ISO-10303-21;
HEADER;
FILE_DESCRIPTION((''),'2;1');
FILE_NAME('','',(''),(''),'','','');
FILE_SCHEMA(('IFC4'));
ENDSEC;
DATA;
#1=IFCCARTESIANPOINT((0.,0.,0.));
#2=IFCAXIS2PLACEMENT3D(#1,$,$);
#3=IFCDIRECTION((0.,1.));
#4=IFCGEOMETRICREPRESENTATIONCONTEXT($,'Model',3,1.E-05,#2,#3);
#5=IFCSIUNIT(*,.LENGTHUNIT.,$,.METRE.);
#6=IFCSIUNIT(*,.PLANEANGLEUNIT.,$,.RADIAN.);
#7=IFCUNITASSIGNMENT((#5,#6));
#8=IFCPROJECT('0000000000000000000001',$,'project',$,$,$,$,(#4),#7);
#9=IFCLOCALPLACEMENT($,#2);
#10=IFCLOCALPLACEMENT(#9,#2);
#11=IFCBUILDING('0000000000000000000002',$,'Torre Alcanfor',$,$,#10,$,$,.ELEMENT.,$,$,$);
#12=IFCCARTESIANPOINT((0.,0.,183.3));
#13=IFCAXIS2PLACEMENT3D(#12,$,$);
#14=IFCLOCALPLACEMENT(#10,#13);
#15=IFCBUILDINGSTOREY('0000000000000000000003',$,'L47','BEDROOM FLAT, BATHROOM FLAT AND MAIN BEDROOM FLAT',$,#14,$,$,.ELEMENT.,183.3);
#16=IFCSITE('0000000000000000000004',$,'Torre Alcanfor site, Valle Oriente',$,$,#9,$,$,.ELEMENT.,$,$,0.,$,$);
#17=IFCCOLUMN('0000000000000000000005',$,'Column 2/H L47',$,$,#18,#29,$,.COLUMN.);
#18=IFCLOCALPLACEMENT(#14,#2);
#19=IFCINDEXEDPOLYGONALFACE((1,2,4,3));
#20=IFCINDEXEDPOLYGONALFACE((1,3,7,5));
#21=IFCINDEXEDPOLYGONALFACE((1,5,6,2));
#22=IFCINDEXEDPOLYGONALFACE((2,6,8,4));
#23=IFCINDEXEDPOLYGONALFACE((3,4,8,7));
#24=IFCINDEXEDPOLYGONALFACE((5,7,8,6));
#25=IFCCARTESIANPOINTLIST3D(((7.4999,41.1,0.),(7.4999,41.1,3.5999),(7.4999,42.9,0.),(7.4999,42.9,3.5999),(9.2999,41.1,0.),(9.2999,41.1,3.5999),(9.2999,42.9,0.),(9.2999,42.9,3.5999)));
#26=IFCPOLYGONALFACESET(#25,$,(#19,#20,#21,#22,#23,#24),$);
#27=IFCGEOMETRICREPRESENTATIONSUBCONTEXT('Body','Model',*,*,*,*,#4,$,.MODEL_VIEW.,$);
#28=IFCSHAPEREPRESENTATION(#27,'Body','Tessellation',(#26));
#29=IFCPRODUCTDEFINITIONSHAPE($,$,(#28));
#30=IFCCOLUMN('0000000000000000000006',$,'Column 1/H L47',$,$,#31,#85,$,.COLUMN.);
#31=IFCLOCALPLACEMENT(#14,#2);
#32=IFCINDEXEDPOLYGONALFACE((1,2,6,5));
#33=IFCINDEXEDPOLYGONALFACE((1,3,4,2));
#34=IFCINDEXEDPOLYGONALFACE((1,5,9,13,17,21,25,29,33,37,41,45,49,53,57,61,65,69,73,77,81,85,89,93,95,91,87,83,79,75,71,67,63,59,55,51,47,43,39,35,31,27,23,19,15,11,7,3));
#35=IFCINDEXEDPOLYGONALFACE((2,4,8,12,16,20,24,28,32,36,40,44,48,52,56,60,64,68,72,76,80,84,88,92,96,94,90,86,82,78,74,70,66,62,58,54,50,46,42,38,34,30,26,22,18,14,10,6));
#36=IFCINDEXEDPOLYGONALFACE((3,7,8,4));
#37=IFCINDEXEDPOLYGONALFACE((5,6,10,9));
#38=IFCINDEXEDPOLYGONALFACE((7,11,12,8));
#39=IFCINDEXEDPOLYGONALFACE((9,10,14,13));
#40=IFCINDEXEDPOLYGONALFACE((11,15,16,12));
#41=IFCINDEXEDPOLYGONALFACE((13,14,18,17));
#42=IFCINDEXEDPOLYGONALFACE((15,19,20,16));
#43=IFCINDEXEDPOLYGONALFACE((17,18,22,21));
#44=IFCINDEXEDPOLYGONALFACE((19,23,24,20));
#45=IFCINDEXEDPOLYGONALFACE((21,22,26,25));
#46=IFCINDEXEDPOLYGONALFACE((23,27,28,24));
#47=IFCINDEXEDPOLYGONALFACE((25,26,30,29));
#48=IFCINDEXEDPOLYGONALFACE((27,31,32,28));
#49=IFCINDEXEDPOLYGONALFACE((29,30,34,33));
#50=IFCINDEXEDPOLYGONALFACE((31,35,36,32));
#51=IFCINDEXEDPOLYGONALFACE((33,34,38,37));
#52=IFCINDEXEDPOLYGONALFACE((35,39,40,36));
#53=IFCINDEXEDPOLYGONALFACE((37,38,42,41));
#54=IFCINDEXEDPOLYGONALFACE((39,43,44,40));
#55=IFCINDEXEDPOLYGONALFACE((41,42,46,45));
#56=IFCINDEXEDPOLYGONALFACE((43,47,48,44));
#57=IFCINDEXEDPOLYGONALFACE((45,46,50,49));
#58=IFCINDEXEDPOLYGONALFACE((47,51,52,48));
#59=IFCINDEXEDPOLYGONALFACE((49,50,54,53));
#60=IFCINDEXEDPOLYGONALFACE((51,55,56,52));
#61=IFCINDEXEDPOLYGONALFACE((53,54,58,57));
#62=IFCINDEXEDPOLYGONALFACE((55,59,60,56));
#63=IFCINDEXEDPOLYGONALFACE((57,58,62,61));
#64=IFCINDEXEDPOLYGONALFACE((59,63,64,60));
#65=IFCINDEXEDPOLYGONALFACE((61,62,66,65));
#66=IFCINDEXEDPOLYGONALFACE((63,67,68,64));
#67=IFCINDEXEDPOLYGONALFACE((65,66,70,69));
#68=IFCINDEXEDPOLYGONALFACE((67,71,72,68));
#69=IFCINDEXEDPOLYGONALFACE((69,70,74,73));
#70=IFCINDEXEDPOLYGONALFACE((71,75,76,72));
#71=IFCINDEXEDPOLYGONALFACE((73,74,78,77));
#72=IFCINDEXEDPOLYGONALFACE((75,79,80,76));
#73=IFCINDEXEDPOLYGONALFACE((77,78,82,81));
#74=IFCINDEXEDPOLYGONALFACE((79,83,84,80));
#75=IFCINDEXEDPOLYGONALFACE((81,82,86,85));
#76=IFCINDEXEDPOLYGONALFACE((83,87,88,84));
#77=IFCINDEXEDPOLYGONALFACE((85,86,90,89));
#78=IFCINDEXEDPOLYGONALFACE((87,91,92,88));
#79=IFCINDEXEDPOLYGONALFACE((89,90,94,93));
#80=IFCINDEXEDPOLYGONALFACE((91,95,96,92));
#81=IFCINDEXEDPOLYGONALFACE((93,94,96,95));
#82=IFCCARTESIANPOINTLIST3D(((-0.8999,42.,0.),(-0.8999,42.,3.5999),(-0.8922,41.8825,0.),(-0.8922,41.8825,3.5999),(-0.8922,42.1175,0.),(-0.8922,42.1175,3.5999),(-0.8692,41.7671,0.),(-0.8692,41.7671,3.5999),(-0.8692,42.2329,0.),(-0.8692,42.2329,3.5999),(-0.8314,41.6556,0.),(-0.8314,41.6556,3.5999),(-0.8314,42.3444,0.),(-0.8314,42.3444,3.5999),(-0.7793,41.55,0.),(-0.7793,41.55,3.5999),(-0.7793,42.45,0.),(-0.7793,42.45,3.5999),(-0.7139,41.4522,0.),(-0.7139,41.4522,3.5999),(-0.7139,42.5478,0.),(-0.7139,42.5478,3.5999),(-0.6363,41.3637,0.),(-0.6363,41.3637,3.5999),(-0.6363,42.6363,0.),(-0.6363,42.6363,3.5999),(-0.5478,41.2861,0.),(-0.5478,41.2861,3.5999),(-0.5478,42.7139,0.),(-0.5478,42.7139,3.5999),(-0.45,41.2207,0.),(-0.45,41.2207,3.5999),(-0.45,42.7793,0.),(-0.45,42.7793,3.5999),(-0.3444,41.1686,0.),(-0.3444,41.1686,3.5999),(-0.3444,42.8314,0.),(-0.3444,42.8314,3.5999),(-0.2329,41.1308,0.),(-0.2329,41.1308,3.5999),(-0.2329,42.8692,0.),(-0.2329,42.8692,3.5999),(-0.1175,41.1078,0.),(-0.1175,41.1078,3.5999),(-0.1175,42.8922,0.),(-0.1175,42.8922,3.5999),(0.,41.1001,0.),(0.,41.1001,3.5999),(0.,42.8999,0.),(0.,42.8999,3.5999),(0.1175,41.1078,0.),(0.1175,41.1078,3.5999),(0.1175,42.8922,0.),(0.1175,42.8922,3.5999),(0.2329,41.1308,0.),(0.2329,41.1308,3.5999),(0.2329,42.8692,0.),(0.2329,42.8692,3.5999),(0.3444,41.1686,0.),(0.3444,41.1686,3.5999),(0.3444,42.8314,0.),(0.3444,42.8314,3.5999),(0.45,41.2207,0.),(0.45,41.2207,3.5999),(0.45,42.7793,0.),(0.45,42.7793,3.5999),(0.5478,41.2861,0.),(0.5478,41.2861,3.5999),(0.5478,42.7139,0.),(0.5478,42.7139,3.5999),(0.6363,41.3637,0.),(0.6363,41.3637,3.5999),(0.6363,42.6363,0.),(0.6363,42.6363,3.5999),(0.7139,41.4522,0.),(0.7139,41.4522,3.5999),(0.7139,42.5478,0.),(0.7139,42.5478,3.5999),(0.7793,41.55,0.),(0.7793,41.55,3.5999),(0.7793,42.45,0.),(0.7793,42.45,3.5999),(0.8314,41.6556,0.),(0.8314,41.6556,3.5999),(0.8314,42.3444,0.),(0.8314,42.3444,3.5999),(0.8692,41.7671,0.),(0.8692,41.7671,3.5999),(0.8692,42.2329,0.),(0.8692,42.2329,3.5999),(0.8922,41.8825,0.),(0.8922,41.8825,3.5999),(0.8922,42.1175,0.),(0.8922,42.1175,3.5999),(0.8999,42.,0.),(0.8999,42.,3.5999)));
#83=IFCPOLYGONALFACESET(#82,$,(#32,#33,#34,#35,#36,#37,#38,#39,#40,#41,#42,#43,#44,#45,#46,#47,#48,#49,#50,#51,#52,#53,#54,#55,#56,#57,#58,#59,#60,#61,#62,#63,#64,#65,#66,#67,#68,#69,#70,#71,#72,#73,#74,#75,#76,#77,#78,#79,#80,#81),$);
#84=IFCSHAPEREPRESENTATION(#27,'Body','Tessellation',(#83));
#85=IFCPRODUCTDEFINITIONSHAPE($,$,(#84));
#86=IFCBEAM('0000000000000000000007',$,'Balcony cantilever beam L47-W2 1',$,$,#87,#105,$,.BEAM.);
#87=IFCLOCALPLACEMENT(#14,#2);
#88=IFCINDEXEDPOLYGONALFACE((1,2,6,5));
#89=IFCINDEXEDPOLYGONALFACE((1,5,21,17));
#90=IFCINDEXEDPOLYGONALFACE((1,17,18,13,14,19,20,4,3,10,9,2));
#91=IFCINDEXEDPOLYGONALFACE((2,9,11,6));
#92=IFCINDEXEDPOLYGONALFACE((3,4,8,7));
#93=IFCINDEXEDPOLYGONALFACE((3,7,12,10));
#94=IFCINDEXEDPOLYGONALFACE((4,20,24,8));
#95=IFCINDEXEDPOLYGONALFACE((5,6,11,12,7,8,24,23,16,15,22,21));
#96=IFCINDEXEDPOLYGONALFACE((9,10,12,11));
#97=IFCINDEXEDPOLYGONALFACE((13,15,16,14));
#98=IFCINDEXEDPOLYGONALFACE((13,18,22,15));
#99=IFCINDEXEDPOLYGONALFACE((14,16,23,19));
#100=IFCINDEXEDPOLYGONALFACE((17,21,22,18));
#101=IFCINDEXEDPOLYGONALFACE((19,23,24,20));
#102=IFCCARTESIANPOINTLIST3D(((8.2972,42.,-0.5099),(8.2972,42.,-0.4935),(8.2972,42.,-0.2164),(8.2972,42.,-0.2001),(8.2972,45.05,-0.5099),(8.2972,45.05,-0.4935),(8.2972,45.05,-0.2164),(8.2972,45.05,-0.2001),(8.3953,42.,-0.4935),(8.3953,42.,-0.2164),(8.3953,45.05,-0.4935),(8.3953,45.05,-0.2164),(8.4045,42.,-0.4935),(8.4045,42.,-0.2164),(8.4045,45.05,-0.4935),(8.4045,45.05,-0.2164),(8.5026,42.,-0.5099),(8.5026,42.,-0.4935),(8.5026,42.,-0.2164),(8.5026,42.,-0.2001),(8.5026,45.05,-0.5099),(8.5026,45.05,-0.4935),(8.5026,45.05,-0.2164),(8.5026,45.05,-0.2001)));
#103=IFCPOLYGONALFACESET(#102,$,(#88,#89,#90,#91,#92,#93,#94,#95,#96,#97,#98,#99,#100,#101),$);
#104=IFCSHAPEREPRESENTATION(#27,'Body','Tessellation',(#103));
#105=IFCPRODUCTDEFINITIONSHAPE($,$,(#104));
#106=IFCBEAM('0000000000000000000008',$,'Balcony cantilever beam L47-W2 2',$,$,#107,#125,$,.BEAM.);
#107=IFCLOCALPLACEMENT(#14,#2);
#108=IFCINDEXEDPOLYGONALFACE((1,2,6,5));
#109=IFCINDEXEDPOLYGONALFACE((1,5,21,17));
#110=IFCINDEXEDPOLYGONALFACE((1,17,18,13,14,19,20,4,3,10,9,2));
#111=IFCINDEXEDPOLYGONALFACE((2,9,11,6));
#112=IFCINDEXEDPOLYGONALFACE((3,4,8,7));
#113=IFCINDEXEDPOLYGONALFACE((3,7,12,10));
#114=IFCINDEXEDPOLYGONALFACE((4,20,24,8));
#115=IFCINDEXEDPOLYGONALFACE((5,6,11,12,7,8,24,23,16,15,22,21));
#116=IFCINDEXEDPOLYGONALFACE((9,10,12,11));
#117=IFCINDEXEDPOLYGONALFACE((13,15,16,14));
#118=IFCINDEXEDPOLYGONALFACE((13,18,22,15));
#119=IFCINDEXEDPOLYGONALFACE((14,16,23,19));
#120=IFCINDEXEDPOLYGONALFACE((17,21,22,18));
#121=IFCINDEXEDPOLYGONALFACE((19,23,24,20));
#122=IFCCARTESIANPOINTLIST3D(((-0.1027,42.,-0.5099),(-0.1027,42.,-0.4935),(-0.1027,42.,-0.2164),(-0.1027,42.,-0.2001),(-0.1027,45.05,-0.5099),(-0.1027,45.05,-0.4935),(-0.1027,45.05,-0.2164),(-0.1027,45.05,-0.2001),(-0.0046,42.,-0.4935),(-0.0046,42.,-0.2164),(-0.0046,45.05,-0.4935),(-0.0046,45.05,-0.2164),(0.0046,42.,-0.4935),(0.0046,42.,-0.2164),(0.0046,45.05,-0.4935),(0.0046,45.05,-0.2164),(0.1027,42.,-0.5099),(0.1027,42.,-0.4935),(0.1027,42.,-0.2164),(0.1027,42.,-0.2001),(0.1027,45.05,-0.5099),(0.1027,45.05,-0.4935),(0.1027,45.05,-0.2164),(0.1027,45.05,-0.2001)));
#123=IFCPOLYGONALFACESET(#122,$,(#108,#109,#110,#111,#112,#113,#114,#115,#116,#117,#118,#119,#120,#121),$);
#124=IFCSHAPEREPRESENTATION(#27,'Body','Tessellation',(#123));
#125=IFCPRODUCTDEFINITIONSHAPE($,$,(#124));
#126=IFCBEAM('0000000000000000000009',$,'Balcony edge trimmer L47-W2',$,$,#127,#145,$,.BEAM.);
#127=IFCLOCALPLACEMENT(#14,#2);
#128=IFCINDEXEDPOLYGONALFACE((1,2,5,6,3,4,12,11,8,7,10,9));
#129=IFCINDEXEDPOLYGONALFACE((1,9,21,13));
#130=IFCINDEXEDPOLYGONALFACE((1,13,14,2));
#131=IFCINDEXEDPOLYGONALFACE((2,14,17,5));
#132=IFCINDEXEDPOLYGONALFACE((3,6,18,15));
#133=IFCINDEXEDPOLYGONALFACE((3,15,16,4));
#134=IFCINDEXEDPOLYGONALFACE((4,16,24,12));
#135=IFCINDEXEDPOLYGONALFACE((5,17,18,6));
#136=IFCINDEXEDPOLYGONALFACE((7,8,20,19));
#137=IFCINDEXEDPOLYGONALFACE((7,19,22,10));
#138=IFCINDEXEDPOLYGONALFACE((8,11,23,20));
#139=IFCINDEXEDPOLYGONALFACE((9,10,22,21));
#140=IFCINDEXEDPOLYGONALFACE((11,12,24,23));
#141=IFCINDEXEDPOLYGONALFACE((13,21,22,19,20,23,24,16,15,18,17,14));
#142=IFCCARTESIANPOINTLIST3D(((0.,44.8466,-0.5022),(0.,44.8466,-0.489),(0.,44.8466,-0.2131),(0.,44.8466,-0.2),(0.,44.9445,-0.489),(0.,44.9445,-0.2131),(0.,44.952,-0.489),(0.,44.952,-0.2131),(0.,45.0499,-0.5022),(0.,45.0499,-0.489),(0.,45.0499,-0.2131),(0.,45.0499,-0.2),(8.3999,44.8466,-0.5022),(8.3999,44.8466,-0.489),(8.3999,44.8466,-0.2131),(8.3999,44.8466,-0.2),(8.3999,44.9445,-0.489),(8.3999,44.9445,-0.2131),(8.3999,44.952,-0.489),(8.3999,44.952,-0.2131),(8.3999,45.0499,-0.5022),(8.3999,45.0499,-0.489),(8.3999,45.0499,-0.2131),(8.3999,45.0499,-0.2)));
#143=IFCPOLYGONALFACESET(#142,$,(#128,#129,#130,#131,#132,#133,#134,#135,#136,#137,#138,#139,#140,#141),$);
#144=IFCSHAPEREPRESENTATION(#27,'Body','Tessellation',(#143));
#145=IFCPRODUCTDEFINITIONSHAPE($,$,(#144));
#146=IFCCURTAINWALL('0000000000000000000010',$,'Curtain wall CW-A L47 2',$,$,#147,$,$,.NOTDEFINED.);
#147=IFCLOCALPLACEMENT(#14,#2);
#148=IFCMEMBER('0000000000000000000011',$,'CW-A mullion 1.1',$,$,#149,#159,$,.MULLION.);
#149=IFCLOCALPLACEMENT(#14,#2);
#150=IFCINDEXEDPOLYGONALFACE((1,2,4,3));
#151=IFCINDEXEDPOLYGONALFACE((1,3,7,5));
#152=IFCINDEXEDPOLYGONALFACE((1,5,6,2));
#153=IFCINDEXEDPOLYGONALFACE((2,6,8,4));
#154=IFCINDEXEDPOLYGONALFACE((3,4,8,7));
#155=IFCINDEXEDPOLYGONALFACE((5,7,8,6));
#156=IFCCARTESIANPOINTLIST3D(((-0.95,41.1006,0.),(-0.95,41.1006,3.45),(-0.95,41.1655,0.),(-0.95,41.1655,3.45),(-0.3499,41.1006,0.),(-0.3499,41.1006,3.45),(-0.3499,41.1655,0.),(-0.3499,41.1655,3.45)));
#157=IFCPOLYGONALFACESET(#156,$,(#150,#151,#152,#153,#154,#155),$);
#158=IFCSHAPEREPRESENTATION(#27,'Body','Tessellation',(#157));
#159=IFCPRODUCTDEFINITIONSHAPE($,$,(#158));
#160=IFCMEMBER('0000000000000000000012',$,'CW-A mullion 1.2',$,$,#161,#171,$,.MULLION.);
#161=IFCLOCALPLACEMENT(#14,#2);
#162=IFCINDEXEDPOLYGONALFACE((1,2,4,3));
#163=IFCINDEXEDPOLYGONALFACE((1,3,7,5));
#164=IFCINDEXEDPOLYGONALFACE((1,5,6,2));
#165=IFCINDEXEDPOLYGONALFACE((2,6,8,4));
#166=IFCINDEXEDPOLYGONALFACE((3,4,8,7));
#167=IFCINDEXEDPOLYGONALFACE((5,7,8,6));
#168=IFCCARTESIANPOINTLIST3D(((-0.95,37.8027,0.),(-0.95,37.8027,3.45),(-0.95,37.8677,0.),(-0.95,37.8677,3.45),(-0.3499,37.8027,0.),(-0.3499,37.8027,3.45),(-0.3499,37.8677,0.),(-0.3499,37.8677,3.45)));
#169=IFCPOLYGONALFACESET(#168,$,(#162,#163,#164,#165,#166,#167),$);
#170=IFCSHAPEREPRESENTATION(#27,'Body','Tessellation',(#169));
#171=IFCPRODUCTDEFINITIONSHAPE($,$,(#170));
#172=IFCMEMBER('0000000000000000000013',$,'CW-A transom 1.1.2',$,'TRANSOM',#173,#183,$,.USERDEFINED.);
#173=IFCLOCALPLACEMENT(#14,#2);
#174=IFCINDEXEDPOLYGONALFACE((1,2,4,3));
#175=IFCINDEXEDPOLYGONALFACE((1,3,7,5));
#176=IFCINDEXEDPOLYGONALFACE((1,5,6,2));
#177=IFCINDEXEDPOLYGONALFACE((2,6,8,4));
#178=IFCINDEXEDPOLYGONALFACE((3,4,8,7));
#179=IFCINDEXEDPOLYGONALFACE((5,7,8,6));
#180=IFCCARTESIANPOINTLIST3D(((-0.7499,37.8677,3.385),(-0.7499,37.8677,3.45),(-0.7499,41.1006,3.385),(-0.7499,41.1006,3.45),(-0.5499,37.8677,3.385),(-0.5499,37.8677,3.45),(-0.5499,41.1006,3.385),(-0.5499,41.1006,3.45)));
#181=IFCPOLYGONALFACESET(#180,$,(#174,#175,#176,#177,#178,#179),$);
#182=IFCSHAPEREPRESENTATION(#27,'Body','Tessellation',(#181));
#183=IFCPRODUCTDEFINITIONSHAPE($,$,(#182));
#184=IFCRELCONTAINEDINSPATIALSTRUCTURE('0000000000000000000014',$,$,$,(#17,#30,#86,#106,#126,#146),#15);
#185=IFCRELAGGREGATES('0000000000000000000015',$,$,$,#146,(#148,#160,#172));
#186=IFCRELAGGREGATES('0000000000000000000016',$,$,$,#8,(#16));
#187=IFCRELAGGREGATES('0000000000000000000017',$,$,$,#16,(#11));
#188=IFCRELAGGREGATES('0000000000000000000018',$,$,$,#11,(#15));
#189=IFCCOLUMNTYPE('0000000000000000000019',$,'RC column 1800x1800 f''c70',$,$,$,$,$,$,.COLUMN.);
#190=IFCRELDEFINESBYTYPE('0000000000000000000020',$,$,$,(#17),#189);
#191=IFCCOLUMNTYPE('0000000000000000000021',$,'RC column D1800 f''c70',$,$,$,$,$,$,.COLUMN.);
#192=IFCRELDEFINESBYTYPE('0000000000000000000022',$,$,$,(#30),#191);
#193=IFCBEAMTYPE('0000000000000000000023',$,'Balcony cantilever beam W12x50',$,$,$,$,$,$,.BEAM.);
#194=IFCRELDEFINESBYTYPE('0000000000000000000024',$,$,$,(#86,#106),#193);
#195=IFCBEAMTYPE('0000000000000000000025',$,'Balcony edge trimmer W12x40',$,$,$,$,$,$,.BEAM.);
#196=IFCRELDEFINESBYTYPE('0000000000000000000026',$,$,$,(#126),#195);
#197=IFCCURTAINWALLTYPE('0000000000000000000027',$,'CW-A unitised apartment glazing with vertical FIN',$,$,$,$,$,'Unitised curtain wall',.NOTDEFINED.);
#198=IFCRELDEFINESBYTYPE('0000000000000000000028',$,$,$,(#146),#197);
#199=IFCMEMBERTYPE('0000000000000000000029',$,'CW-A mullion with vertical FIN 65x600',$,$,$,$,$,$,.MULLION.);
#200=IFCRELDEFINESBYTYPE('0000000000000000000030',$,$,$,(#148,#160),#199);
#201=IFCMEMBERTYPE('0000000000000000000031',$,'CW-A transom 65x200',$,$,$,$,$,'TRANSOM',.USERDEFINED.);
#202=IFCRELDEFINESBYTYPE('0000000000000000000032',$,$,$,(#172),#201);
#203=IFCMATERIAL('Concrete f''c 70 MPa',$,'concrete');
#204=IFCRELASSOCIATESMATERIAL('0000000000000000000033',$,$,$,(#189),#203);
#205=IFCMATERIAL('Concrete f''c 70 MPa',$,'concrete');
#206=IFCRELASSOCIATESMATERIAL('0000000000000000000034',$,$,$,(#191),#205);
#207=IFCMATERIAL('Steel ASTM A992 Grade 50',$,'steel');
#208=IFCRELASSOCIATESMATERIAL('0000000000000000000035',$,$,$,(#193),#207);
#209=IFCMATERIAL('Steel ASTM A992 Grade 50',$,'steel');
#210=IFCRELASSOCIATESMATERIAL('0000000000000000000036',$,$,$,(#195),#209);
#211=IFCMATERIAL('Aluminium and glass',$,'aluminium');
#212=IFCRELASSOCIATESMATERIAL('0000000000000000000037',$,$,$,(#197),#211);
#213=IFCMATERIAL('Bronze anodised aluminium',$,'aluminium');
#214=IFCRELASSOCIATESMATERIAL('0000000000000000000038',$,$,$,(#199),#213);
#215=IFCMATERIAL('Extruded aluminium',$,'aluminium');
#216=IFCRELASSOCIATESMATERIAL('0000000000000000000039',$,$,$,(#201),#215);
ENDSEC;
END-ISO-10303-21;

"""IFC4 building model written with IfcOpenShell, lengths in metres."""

from ifc_helpers import new_model, si_unit, direction, frame, origin, origin_2d, place, context, subcontext, project, spatial, rectangle, circle, i_section, extrude, material, material_profile, profile_set, type_object, element, aggregate, save


model = new_model("IFC4")

# Units and contexts
model_context = context("Model", 3, precision=1e-05, world=origin(), true_north=direction((0.0, 1.0)))
body_context = subcontext(model_context, "Body", "Model", "MODEL_VIEW")
ifc_project = project(units=[si_unit("LENGTHUNIT", "METRE"), si_unit("PLANEANGLEUNIT", "RADIAN")], contexts=[model_context])

# Site, building, storey
site_placement = place(None, origin())
site = spatial("IfcSite", under=ifc_project, at=site_placement, Name="Torre Alcanfor site, Valle Oriente", CompositionType="ELEMENT", RefElevation=0.0)
building_placement = place(site_placement, origin())
building = spatial("IfcBuilding", under=site, at=building_placement, Name="Torre Alcanfor", CompositionType="ELEMENT")
storey_placement = place(building_placement, frame((0.0, 0.0, 183.3)))
storey = spatial("IfcBuildingStorey", under=building, at=storey_placement, Name="L47", Description="BEDROOM FLAT, BATHROOM FLAT AND MAIN BEDROOM FLAT", CompositionType="ELEMENT", Elevation=183.3)

# Columns
ifc_material_1 = material(Name="Concrete f'c 70 MPa", Category="concrete")
ifc_material_profile_1 = material_profile(ifc_material_1, rectangle(XDim=1.8, YDim=1.8, at=origin_2d()), Name="1800x1800")
ifc_profile_set_1 = profile_set([ifc_material_profile_1], Name="Concrete f'c 70 MPa")
column_type_1 = type_object("IfcColumnType", Name="RC column 1800x1800 f'c70", PredefinedType="COLUMN", material=ifc_profile_set_1)
column_1_placement = place(storey_placement, frame((8.3999, 42.0, 0.0), z_axis=(0.0, 0.0, 1.0), x_axis=(1.0, 0.0, 0.0)))
element("IfcColumn", 1, at=column_1_placement, inside=storey, type_object=column_type_1, Name="Column 2/H L47", PredefinedType="COLUMN", context=body_context, shape_type="SweptSolid", body=[
    extrude(rectangle(XDim=1.8, YDim=1.8, at=origin_2d()), origin(), (0.0, 0.0, 1.0), 3.5999),
])
ifc_material_2 = material(Name="Concrete f'c 70 MPa", Category="concrete")
ifc_material_profile_2 = material_profile(ifc_material_2, circle(Radius=0.8999, at=origin_2d()), Name="D1800")
ifc_profile_set_2 = profile_set([ifc_material_profile_2], Name="Concrete f'c 70 MPa")
column_type_2 = type_object("IfcColumnType", Name="RC column D1800 f'c70", PredefinedType="COLUMN", material=ifc_profile_set_2)
column_2_placement = place(storey_placement, frame((0.0, 42.0, 0.0), z_axis=(0.0, 0.0, 1.0), x_axis=(1.0, 0.0, 0.0)))
element("IfcColumn", 2, at=column_2_placement, inside=storey, type_object=column_type_2, Name="Column 1/H L47", PredefinedType="COLUMN", context=body_context, shape_type="SweptSolid", body=[
    extrude(circle(Radius=0.8999, at=origin_2d()), origin(), (0.0, 0.0, 1.0), 3.5999),
])

# Beams
ifc_material_3 = material(Name="Steel ASTM A992 Grade 50", Category="steel")
ifc_material_profile_3 = material_profile(ifc_material_3, i_section(OverallWidth=0.2053, OverallDepth=0.3098, WebThickness=0.0093, FlangeThickness=0.0164, at=origin_2d()), Name="W12x50")
ifc_profile_set_3 = profile_set([ifc_material_profile_3], Name="Steel ASTM A992 Grade 50")
beam_type_1 = type_object("IfcBeamType", Name="Balcony cantilever beam W12x50", PredefinedType="BEAM", material=ifc_profile_set_3)
for number, where, z_axis, x_axis, name in (
    (3, (8.3999, 42.0, -0.355), (0.0, 1.0, 0.0), (-1.0, 0.0, 0.0), "Balcony cantilever beam L47-W2 1"),
    (4, (0.0, 42.0, -0.355), (0.0, 1.0, 0.0), (-1.0, 0.0, 0.0), "Balcony cantilever beam L47-W2 2"),
):
    element("IfcBeam", number, at=place(storey_placement, frame(where, z_axis=z_axis, x_axis=x_axis)), inside=storey, type_object=beam_type_1, Name=name, PredefinedType="BEAM", context=body_context, shape_type="SweptSolid", body=[
        extrude(i_section(OverallWidth=0.2053, OverallDepth=0.3098, WebThickness=0.0093, FlangeThickness=0.0164, at=origin_2d()), origin(), (0.0, 0.0, 1.0), 3.05),
    ])
ifc_material_4 = material(Name="Steel ASTM A992 Grade 50", Category="steel")
ifc_material_profile_4 = material_profile(ifc_material_4, i_section(OverallWidth=0.2034, OverallDepth=0.3022, WebThickness=0.0076, FlangeThickness=0.0132, at=origin_2d()), Name="W12x40")
ifc_profile_set_4 = profile_set([ifc_material_profile_4], Name="Steel ASTM A992 Grade 50")
beam_type_2 = type_object("IfcBeamType", Name="Balcony edge trimmer W12x40", PredefinedType="BEAM", material=ifc_profile_set_4)
beam_1_placement = place(storey_placement, frame((8.3999, 44.9482, -0.3511), z_axis=(-1.0, 0.0, 0.0), x_axis=(0.0, -1.0, 0.0)))
element("IfcBeam", 5, at=beam_1_placement, inside=storey, type_object=beam_type_2, Name="Balcony edge trimmer L47-W2", PredefinedType="BEAM", context=body_context, shape_type="SweptSolid", body=[
    extrude(i_section(OverallWidth=0.2034, OverallDepth=0.3022, WebThickness=0.0076, FlangeThickness=0.0132, at=origin_2d()), origin(), (0.0, 0.0, 1.0), 8.3999),
])

# Curtain wall, members
ifc_material_5 = material(Name="Aluminium and glass", Category="aluminium")
curtain_wall_type = type_object("IfcCurtainWallType", Name="CW-A unitised apartment glazing with vertical FIN", ElementType="Unitised curtain wall", PredefinedType="NOTDEFINED", material=ifc_material_5)
curtain_wall_placement = place(storey_placement, origin())
curtain_wall = element("IfcCurtainWall", 6, at=curtain_wall_placement, inside=storey, type_object=curtain_wall_type, Name="Curtain wall CW-A L47 2", PredefinedType="NOTDEFINED")
ifc_material_6 = material(Name="Bronze anodised aluminium", Category="aluminium")
ifc_material_profile_5 = material_profile(ifc_material_6, rectangle(XDim=0.6001, YDim=0.0649, at=origin_2d()), Name="CW-A mullion 65x600")
ifc_profile_set_5 = profile_set([ifc_material_profile_5], Name="Bronze anodised aluminium")
member_type_1 = type_object("IfcMemberType", Name="CW-A mullion with vertical FIN 65x600", PredefinedType="MULLION", material=ifc_profile_set_5)
member_1_placement = place(storey_placement, frame((-0.6499, 41.1331, 0.0), z_axis=(0.0, 0.0, 1.0), x_axis=(1.0, 0.0, 0.0)))
member_1 = element("IfcMember", 7, at=member_1_placement, type_object=member_type_1, Name="CW-A mullion 1.1", PredefinedType="MULLION", context=body_context, shape_type="SweptSolid", body=[
    extrude(rectangle(XDim=0.6001, YDim=0.0649, at=origin_2d()), origin(), (0.0, 0.0, 1.0), 3.45),
])
member_2_placement = place(storey_placement, frame((-0.6499, 37.8352, 0.0), z_axis=(0.0, 0.0, 1.0), x_axis=(1.0, 0.0, 0.0)))
member_2 = element("IfcMember", 8, at=member_2_placement, type_object=member_type_1, Name="CW-A mullion 1.2", PredefinedType="MULLION", context=body_context, shape_type="SweptSolid", body=[
    extrude(rectangle(XDim=0.6001, YDim=0.0649, at=origin_2d()), origin(), (0.0, 0.0, 1.0), 3.45),
])
ifc_material_7 = material(Name="Extruded aluminium", Category="aluminium")
ifc_material_profile_6 = material_profile(ifc_material_7, rectangle(XDim=0.2, YDim=0.0649, at=origin_2d()), Name="CW-A transom 200x65")
ifc_profile_set_6 = profile_set([ifc_material_profile_6], Name="Extruded aluminium")
member_type_2 = type_object("IfcMemberType", Name="CW-A transom 65x200", ElementType="TRANSOM", PredefinedType="USERDEFINED", material=ifc_profile_set_6)
member_3_placement = place(storey_placement, frame((-0.6499, 41.1006, 3.4175), z_axis=(0.0, -1.0, 0.0), x_axis=(1.0, 0.0, 0.0)))
member_3 = element("IfcMember", 9, at=member_3_placement, type_object=member_type_2, Name="CW-A transom 1.1.2", ObjectType="TRANSOM", PredefinedType="USERDEFINED", context=body_context, shape_type="SweptSolid", body=[
    extrude(rectangle(XDim=0.2, YDim=0.0649, at=origin_2d()), origin(), (0.0, 0.0, 1.0), 3.2329),
])

aggregate(curtain_wall, [member_1, member_2, member_3])

save(model, "model.ifc")
